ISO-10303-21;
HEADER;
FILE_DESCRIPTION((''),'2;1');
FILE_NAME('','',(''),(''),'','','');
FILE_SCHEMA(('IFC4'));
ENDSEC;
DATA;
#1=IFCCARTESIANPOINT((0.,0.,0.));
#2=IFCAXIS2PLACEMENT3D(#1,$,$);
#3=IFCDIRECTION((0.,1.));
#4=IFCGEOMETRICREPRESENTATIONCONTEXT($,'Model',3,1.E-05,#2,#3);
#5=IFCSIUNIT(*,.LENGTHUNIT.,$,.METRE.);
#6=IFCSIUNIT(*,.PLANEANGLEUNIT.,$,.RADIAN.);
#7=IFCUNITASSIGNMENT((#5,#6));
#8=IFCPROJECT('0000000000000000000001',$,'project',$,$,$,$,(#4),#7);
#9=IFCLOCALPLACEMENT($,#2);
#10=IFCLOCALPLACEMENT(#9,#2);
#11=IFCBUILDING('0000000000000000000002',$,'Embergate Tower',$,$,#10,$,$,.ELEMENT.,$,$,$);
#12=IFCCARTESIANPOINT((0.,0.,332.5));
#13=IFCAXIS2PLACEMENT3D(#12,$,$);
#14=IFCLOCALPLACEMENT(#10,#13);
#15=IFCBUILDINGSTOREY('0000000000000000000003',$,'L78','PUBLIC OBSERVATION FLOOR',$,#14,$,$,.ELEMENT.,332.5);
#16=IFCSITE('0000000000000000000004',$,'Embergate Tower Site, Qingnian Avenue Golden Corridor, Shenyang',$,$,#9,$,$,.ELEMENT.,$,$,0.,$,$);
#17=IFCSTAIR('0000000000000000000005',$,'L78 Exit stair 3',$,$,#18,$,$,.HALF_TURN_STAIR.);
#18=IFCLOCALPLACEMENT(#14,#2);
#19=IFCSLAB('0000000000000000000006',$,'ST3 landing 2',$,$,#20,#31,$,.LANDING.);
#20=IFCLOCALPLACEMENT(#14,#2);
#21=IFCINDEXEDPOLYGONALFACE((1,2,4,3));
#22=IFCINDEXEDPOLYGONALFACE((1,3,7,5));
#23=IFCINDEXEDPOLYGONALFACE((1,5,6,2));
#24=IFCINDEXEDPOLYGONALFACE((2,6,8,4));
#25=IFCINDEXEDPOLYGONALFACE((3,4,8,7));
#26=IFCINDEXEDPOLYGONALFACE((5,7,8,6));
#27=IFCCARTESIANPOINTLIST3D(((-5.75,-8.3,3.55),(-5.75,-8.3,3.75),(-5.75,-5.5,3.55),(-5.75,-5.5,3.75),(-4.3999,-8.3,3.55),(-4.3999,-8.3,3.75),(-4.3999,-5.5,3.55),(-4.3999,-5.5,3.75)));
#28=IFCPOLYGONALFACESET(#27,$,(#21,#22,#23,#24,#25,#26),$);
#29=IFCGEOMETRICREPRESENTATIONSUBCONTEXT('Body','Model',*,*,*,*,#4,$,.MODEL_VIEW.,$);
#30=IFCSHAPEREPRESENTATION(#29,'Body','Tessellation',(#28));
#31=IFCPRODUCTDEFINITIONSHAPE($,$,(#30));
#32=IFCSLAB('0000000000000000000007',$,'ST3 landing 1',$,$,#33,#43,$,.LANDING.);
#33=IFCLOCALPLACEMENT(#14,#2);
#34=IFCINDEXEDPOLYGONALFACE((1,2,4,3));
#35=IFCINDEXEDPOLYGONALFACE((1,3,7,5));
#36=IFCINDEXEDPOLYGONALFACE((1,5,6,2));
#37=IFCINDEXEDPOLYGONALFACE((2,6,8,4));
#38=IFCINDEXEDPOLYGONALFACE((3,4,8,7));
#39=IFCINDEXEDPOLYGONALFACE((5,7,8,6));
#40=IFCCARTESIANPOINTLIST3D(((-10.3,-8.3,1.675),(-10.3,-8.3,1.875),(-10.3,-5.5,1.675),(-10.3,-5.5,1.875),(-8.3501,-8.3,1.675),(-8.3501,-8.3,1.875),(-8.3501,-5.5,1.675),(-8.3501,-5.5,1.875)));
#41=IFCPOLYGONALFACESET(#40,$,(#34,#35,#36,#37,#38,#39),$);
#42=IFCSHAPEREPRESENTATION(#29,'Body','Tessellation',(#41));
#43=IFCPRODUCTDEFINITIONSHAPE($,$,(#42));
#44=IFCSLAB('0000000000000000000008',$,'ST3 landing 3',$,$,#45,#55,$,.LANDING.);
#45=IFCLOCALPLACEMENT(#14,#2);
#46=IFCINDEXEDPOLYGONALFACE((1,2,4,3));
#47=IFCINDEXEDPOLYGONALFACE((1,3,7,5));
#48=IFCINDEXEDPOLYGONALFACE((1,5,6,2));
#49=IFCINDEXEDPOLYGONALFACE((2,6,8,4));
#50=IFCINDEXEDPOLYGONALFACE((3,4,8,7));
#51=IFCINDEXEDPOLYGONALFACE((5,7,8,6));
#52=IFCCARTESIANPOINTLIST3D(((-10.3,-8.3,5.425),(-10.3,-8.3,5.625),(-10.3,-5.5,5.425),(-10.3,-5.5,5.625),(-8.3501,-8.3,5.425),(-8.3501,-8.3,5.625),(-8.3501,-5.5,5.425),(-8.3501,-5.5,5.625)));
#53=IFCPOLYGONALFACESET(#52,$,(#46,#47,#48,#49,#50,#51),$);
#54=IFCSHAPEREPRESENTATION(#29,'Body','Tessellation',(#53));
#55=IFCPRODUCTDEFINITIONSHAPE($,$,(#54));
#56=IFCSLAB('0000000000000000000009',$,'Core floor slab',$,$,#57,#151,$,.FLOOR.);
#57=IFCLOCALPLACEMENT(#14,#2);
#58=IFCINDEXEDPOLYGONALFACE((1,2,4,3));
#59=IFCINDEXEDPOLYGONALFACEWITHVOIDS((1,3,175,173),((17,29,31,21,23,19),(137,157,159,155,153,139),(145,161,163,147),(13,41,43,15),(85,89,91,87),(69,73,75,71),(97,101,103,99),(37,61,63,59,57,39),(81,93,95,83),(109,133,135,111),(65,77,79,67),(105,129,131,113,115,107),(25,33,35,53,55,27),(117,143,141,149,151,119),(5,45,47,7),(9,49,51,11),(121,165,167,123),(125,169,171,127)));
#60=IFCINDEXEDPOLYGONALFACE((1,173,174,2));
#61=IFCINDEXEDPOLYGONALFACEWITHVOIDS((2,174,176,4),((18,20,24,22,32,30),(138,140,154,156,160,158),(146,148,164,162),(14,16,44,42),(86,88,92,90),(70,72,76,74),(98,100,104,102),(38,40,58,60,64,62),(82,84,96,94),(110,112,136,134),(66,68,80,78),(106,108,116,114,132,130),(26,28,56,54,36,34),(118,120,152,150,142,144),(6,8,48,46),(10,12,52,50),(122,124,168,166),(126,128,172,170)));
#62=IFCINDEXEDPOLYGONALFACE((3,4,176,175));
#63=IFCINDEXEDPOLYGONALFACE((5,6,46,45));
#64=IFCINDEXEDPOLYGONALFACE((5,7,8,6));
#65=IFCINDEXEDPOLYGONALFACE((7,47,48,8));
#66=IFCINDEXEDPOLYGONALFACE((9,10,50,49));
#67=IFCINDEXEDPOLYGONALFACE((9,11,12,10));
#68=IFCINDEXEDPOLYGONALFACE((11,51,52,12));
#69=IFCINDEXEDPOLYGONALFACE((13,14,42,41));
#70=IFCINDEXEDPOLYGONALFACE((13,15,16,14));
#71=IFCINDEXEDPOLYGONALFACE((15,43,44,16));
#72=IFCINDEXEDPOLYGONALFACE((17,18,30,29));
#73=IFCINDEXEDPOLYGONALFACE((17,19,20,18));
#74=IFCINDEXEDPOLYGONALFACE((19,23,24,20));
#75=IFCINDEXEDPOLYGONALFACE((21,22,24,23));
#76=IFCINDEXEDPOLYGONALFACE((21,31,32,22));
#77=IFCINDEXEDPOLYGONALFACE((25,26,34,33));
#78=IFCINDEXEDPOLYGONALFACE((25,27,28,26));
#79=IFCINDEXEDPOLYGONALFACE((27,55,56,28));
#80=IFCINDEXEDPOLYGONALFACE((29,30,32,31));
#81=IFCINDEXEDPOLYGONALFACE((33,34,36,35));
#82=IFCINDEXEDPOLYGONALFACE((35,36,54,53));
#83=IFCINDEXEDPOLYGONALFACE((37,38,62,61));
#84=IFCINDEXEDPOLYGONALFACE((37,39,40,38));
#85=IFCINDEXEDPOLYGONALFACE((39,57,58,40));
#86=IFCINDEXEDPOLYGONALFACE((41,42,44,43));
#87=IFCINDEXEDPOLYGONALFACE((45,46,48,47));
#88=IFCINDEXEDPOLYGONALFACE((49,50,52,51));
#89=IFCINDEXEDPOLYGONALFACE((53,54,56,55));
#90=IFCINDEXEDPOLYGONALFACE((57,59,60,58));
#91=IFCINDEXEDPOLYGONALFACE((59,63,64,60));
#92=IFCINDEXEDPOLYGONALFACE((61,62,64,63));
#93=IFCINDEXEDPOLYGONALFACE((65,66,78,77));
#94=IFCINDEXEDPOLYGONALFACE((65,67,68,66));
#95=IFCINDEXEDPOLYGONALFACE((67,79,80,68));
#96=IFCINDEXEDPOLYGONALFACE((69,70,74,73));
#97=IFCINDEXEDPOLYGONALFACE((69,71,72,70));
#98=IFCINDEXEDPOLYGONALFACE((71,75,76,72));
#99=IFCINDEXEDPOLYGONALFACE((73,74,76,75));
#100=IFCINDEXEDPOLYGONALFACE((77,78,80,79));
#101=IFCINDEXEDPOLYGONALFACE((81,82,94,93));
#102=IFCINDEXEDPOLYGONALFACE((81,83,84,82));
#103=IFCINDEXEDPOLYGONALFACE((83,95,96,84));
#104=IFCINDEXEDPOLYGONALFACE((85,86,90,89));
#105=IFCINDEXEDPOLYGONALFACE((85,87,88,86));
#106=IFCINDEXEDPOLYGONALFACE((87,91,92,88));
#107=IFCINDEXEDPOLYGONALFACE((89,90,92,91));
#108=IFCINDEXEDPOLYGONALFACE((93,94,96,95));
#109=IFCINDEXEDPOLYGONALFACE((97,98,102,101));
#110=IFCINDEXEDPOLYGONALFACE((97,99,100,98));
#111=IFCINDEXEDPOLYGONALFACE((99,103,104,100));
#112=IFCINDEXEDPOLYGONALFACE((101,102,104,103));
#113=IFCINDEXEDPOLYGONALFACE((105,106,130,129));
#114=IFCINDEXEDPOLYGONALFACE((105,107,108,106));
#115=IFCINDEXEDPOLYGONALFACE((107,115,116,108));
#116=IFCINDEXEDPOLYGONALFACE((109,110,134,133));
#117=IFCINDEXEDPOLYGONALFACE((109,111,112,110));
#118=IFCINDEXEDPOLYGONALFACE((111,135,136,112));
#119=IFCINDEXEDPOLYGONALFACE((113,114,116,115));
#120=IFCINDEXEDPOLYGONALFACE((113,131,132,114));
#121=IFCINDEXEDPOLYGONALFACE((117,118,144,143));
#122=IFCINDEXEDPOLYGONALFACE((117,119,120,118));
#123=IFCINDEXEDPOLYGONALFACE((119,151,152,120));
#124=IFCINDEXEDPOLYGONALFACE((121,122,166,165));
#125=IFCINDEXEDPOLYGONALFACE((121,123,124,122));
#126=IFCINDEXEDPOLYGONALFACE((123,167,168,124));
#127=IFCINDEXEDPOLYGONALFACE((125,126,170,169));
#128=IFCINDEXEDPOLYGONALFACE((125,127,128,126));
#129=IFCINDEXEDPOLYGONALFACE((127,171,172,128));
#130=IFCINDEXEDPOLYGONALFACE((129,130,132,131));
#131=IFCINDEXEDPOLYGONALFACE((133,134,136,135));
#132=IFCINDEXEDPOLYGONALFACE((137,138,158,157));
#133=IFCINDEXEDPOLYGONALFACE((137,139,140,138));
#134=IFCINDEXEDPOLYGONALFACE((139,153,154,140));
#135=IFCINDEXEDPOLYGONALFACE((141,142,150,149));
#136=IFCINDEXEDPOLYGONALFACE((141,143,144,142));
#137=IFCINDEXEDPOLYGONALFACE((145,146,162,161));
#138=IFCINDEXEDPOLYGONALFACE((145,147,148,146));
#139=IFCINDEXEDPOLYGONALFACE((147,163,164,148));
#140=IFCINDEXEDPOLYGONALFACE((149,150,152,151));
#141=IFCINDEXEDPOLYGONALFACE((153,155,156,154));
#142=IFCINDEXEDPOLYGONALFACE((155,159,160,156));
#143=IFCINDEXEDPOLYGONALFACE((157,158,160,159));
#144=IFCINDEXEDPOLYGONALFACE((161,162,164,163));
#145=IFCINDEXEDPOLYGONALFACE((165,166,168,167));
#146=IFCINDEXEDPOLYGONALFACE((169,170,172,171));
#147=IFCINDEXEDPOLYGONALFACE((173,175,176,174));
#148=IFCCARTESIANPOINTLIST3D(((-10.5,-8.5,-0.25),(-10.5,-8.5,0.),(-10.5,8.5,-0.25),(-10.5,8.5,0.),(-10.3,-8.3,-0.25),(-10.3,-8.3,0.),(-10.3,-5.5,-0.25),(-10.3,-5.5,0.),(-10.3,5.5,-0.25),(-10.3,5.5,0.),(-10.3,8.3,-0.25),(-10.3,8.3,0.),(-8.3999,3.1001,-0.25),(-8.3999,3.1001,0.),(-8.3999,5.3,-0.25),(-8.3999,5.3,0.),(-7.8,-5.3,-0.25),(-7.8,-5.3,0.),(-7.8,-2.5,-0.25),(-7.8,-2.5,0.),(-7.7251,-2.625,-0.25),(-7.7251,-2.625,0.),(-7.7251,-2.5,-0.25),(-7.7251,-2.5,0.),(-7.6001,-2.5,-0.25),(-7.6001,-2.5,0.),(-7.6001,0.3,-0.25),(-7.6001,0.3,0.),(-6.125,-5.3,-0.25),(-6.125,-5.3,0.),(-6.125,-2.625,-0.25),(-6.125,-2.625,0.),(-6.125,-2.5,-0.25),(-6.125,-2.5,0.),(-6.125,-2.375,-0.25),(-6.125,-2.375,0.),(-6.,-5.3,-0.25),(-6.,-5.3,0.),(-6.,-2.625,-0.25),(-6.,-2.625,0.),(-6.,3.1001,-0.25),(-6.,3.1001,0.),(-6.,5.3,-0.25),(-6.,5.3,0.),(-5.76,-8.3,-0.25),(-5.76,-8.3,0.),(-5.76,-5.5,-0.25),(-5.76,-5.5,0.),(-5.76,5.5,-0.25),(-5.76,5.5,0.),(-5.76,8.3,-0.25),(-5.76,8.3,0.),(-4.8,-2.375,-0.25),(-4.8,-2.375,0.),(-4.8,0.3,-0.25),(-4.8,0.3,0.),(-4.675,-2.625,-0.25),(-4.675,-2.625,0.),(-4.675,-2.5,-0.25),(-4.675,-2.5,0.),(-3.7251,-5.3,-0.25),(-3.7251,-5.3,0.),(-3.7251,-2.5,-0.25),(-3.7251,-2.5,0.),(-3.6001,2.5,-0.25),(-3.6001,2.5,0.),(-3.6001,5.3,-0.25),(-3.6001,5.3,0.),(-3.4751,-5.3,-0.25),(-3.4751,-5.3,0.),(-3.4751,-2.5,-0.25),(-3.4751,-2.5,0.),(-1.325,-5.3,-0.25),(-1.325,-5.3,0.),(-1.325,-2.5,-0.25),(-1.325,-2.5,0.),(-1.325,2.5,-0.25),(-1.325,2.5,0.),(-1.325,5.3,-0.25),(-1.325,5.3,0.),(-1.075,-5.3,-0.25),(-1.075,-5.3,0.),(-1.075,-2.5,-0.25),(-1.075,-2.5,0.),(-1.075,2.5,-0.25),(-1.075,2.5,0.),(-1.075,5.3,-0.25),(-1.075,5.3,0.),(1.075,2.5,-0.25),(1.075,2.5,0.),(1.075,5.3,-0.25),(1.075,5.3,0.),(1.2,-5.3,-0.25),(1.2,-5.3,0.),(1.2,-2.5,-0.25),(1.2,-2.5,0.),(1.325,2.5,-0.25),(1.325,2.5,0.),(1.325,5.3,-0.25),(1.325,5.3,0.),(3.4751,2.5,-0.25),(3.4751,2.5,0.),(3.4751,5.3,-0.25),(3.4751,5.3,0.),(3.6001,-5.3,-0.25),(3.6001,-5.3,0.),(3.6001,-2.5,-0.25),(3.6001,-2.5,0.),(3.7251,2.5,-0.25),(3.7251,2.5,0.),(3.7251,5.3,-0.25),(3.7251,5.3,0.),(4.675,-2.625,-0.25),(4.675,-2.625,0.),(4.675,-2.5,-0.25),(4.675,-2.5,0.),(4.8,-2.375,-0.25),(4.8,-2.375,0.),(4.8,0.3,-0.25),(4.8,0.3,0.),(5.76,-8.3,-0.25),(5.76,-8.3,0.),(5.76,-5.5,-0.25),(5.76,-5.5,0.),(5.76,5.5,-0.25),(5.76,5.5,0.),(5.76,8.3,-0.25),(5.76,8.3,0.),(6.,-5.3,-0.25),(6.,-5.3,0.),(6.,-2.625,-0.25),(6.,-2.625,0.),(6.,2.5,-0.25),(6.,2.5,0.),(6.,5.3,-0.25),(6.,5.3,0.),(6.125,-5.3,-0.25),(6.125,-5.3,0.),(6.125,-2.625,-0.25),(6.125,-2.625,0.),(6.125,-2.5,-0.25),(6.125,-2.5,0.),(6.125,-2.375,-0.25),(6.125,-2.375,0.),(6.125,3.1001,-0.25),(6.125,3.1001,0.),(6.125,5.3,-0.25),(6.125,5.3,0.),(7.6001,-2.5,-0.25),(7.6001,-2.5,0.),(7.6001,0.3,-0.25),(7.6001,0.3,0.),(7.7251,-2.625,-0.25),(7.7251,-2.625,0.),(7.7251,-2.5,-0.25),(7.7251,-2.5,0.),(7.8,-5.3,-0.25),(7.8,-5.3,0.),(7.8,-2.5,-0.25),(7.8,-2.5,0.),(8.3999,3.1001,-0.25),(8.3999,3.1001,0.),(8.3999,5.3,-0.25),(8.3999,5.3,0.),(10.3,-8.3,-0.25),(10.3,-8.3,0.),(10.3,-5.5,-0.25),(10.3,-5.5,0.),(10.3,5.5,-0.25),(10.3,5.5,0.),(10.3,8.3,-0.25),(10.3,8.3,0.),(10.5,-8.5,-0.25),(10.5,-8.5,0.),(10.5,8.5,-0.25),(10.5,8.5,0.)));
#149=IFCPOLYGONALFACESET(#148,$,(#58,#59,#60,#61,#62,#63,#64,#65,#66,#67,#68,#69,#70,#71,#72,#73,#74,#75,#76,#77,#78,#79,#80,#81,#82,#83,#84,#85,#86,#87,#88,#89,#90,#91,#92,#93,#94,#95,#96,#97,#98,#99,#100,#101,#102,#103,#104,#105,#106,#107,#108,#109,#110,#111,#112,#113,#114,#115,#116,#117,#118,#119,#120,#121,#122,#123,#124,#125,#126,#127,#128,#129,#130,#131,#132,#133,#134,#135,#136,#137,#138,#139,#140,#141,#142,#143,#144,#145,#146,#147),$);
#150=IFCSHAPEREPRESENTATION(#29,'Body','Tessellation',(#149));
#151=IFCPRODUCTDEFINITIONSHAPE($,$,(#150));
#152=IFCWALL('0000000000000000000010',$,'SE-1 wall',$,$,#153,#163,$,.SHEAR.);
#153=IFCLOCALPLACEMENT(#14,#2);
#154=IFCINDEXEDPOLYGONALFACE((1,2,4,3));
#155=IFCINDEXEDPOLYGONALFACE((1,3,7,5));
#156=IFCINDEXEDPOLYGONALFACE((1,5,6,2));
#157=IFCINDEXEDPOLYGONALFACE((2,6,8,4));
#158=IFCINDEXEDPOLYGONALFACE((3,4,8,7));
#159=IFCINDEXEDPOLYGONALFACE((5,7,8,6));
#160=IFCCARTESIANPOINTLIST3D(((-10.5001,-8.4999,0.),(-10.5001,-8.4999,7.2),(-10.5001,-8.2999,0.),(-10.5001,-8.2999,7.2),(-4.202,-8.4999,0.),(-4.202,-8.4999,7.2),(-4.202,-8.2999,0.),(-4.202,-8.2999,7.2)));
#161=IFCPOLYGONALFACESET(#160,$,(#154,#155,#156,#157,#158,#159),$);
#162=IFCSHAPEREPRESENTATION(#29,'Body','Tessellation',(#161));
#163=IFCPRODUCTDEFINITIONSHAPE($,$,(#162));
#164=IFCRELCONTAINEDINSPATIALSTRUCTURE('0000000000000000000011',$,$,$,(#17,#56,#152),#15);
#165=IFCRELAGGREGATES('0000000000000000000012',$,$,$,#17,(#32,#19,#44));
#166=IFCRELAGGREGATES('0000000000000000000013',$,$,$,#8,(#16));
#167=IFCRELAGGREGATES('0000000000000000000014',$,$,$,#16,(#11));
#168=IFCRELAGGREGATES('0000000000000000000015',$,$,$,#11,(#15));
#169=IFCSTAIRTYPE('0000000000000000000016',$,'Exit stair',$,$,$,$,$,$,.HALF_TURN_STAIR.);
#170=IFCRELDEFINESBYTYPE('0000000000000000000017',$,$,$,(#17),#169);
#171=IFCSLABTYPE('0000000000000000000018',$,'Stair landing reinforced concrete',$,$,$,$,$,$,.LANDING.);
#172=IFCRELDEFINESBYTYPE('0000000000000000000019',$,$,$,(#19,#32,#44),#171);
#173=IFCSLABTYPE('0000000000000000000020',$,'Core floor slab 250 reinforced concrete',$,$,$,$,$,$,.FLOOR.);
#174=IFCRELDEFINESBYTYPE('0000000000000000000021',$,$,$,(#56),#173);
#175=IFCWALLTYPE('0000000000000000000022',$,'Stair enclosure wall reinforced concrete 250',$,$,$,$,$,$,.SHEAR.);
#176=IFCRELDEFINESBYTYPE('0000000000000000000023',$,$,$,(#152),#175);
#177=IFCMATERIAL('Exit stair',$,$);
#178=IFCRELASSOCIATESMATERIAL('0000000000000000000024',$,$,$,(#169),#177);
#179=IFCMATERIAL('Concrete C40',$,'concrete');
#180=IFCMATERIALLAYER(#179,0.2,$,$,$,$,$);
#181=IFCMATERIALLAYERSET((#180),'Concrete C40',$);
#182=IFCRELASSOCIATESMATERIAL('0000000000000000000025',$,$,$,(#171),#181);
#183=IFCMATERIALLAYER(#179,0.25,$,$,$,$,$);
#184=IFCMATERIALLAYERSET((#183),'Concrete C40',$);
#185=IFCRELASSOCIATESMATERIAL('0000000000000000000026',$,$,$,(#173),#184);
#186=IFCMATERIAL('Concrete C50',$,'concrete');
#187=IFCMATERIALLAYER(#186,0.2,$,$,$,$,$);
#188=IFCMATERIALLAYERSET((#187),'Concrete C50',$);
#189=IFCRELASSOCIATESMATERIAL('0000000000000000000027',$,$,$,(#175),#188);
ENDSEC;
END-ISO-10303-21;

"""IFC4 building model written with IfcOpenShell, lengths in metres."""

from ifc_helpers import new_model, si_unit, direction, frame, frame_2d, origin, place, context, subcontext, project, spatial, polyline, rectangle, outline, extrude, source, transform, mapped, material, layer, layer_set, type_object, element, aggregate, save


model = new_model("IFC4")

# Units and contexts
model_context = context("Model", 3, precision=1e-05, world=origin(), true_north=direction((0.0, 1.0)))
body_context = subcontext(model_context, "Body", "Model", "MODEL_VIEW")
ifc_project = project(units=[si_unit("LENGTHUNIT", "METRE"), si_unit("PLANEANGLEUNIT", "RADIAN")], contexts=[model_context])

# Site, building, storey
site_placement = place(None, origin())
site = spatial("IfcSite", under=ifc_project, at=site_placement, Name="Embergate Tower Site, Qingnian Avenue Golden Corridor, Shenyang", CompositionType="ELEMENT", RefElevation=0.0)
building_placement = place(site_placement, origin())
building = spatial("IfcBuilding", under=site, at=building_placement, Name="Embergate Tower", CompositionType="ELEMENT")
storey_placement = place(building_placement, frame((0.0, 0.0, 332.5)))
storey = spatial("IfcBuildingStorey", under=building, at=storey_placement, Name="L78", Description="PUBLIC OBSERVATION FLOOR", CompositionType="ELEMENT", Elevation=332.5)

# Stair, slabs
ifc_material_1 = material(Name="Exit stair")
stair_type = type_object("IfcStairType", Name="Exit stair", PredefinedType="HALF_TURN_STAIR", material=ifc_material_1)
stair_placement = place(storey_placement, origin())
stair = element("IfcStair", 1, at=stair_placement, inside=storey, type_object=stair_type, Name="L78 Exit stair 3", PredefinedType="HALF_TURN_STAIR")
ifc_material_2 = material(Name="Concrete C40", Category="concrete")
ifc_layer_1 = layer(ifc_material_2, 0.2)
ifc_layer_set_1 = layer_set([ifc_layer_1], Name="Concrete C40")
slab_type_1 = type_object("IfcSlabType", Name="Stair landing reinforced concrete", PredefinedType="LANDING", material=ifc_layer_set_1)
shared_shape_1 = source(origin(), body_context, "Body", "SweptSolid", [
    extrude(outline(polyline([(0.0, 0.0), (1.3501, 0.0), (1.3501, 2.8), (0.0, 2.8), (0.0, 0.0)])), origin(), (0.0, 0.0, 1.0), 0.2),
])
slab_1_placement = place(storey_placement, frame((-5.75, -8.3, 3.55)))
slab_1 = element("IfcSlab", 2, at=slab_1_placement, type_object=slab_type_1, Name="ST3 landing 2", PredefinedType="LANDING", context=body_context, shape_type="MappedRepresentation", body=[
    mapped(shared_shape_1, transform((0.0, 0.0, 0.0))),
])
shared_shape_2 = source(origin(), body_context, "Body", "SweptSolid", [
    extrude(outline(polyline([(0.0, 0.0), (1.95, 0.0), (1.95, 2.8), (0.0, 2.8), (0.0, 0.0)])), origin(), (0.0, 0.0, 1.0), 0.2),
])
slab_2_placement = place(storey_placement, frame((-10.3, -8.3, 1.675)))
slab_2 = element("IfcSlab", 3, at=slab_2_placement, type_object=slab_type_1, Name="ST3 landing 1", PredefinedType="LANDING", context=body_context, shape_type="MappedRepresentation", body=[
    mapped(shared_shape_2, transform((0.0, 0.0, 0.0))),
])
slab_3_placement = place(storey_placement, frame((-10.3, -8.3, 5.425)))
slab_3 = element("IfcSlab", 4, at=slab_3_placement, type_object=slab_type_1, Name="ST3 landing 3", PredefinedType="LANDING", context=body_context, shape_type="MappedRepresentation", body=[
    mapped(shared_shape_2, transform((0.0, 0.0, 0.0))),
])

# Slab
ifc_layer_2 = layer(ifc_material_2, 0.25)
ifc_layer_set_2 = layer_set([ifc_layer_2], Name="Concrete C40")
slab_type_2 = type_object("IfcSlabType", Name="Core floor slab 250 reinforced concrete", PredefinedType="FLOOR", material=ifc_layer_set_2)
shared_shape_3 = source(origin(), body_context, "Body", "SweptSolid", [
    extrude(outline(polyline([(0.0, 0.0), (21.0, 0.0), (21.0, 17.0), (0.0, 17.0), (0.0, 0.0)]), holes=[polyline([(0.2, 0.2), (0.2, 3.0), (4.74, 3.0), (4.74, 0.2), (0.2, 0.2)]), polyline([(16.26, 0.2), (16.26, 3.0), (20.8, 3.0), (20.8, 0.2), (16.26, 0.2)]), polyline([(2.7, 3.2), (2.7, 6.0), (2.7749, 6.0), (2.7749, 5.875), (4.375, 5.875), (4.375, 3.2), (2.7, 3.2)]), polyline([(4.5, 3.2), (4.5, 5.875), (5.825, 5.875), (5.825, 6.0), (6.7749, 6.0), (6.7749, 3.2), (4.5, 3.2)]), polyline([(7.0249, 3.2), (7.0249, 6.0), (9.175, 6.0), (9.175, 3.2), (7.0249, 3.2)]), polyline([(9.425, 3.2), (9.425, 6.0), (11.7, 6.0), (11.7, 3.2), (9.425, 3.2)]), polyline([(14.1001, 3.2), (14.1001, 6.0), (15.175, 6.0), (15.175, 5.875), (16.5, 5.875), (16.5, 3.2), (14.1001, 3.2)]), polyline([(16.625, 3.2), (16.625, 5.875), (18.2251, 5.875), (18.2251, 6.0), (18.3, 6.0), (18.3, 3.2), (16.625, 3.2)]), polyline([(2.8999, 6.0), (2.8999, 8.8), (5.7, 8.8), (5.7, 6.125), (4.375, 6.125), (4.375, 6.0), (2.8999, 6.0)]), polyline([(16.625, 6.0), (16.625, 6.125), (15.3, 6.125), (15.3, 8.8), (18.1001, 8.8), (18.1001, 6.0), (16.625, 6.0)]), polyline([(6.8999, 11.0), (6.8999, 13.8), (9.175, 13.8), (9.175, 11.0), (6.8999, 11.0)]), polyline([(9.425, 11.0), (9.425, 13.8), (11.575, 13.8), (11.575, 11.0), (9.425, 11.0)]), polyline([(11.825, 11.0), (11.825, 13.8), (13.9751, 13.8), (13.9751, 11.0), (11.825, 11.0)]), polyline([(14.2251, 11.0), (14.2251, 13.8), (16.5, 13.8), (16.5, 11.0), (14.2251, 11.0)]), polyline([(2.1001, 11.6001), (2.1001, 13.8), (4.5, 13.8), (4.5, 11.6001), (2.1001, 11.6001)]), polyline([(16.625, 11.6001), (16.625, 13.8), (18.8999, 13.8), (18.8999, 11.6001), (16.625, 11.6001)]), polyline([(0.2, 14.0), (0.2, 16.8), (4.74, 16.8), (4.74, 14.0), (0.2, 14.0)]), polyline([(16.26, 14.0), (16.26, 16.8), (20.8, 16.8), (20.8, 14.0), (16.26, 14.0)])]), origin(), (0.0, 0.0, 1.0), 0.25),
])
slab_4_placement = place(storey_placement, frame((-10.5, -8.5, -0.25)))
element("IfcSlab", 5, at=slab_4_placement, inside=storey, type_object=slab_type_2, Name="Core floor slab", PredefinedType="FLOOR", context=body_context, shape_type="MappedRepresentation", body=[
    mapped(shared_shape_3, transform((0.0, 0.0, 0.0))),
])

# Wall
ifc_material_3 = material(Name="Concrete C50", Category="concrete")
ifc_layer_3 = layer(ifc_material_3, 0.2)
ifc_layer_set_3 = layer_set([ifc_layer_3], Name="Concrete C50")
wall_type_1 = type_object("IfcWallType", Name="Stair enclosure wall reinforced concrete 250", PredefinedType="SHEAR", material=ifc_layer_set_3)
shared_shape_4 = source(origin(), body_context, "Body", "SweptSolid", [
    extrude(rectangle(XDim=6.2981, YDim=0.2, at=frame_2d((3.1489, 0.0))), origin(), (0.0, 0.0, 1.0), 7.2),
])
wall_1_placement = place(storey_placement, frame((-10.5, -8.3999, 0.0), z_axis=(0.0, 0.0, 1.0), x_axis=(1.0, 0.0, 0.0)))
element("IfcWall", 6, at=wall_1_placement, inside=storey, type_object=wall_type_1, Name="SE-1 wall", PredefinedType="SHEAR", context=body_context, shape_type="MappedRepresentation", body=[
    mapped(shared_shape_4, transform((0.0, 0.0, 0.0))),
])

aggregate(stair, [slab_2, slab_1, slab_3])

save(model, "model.ifc")
